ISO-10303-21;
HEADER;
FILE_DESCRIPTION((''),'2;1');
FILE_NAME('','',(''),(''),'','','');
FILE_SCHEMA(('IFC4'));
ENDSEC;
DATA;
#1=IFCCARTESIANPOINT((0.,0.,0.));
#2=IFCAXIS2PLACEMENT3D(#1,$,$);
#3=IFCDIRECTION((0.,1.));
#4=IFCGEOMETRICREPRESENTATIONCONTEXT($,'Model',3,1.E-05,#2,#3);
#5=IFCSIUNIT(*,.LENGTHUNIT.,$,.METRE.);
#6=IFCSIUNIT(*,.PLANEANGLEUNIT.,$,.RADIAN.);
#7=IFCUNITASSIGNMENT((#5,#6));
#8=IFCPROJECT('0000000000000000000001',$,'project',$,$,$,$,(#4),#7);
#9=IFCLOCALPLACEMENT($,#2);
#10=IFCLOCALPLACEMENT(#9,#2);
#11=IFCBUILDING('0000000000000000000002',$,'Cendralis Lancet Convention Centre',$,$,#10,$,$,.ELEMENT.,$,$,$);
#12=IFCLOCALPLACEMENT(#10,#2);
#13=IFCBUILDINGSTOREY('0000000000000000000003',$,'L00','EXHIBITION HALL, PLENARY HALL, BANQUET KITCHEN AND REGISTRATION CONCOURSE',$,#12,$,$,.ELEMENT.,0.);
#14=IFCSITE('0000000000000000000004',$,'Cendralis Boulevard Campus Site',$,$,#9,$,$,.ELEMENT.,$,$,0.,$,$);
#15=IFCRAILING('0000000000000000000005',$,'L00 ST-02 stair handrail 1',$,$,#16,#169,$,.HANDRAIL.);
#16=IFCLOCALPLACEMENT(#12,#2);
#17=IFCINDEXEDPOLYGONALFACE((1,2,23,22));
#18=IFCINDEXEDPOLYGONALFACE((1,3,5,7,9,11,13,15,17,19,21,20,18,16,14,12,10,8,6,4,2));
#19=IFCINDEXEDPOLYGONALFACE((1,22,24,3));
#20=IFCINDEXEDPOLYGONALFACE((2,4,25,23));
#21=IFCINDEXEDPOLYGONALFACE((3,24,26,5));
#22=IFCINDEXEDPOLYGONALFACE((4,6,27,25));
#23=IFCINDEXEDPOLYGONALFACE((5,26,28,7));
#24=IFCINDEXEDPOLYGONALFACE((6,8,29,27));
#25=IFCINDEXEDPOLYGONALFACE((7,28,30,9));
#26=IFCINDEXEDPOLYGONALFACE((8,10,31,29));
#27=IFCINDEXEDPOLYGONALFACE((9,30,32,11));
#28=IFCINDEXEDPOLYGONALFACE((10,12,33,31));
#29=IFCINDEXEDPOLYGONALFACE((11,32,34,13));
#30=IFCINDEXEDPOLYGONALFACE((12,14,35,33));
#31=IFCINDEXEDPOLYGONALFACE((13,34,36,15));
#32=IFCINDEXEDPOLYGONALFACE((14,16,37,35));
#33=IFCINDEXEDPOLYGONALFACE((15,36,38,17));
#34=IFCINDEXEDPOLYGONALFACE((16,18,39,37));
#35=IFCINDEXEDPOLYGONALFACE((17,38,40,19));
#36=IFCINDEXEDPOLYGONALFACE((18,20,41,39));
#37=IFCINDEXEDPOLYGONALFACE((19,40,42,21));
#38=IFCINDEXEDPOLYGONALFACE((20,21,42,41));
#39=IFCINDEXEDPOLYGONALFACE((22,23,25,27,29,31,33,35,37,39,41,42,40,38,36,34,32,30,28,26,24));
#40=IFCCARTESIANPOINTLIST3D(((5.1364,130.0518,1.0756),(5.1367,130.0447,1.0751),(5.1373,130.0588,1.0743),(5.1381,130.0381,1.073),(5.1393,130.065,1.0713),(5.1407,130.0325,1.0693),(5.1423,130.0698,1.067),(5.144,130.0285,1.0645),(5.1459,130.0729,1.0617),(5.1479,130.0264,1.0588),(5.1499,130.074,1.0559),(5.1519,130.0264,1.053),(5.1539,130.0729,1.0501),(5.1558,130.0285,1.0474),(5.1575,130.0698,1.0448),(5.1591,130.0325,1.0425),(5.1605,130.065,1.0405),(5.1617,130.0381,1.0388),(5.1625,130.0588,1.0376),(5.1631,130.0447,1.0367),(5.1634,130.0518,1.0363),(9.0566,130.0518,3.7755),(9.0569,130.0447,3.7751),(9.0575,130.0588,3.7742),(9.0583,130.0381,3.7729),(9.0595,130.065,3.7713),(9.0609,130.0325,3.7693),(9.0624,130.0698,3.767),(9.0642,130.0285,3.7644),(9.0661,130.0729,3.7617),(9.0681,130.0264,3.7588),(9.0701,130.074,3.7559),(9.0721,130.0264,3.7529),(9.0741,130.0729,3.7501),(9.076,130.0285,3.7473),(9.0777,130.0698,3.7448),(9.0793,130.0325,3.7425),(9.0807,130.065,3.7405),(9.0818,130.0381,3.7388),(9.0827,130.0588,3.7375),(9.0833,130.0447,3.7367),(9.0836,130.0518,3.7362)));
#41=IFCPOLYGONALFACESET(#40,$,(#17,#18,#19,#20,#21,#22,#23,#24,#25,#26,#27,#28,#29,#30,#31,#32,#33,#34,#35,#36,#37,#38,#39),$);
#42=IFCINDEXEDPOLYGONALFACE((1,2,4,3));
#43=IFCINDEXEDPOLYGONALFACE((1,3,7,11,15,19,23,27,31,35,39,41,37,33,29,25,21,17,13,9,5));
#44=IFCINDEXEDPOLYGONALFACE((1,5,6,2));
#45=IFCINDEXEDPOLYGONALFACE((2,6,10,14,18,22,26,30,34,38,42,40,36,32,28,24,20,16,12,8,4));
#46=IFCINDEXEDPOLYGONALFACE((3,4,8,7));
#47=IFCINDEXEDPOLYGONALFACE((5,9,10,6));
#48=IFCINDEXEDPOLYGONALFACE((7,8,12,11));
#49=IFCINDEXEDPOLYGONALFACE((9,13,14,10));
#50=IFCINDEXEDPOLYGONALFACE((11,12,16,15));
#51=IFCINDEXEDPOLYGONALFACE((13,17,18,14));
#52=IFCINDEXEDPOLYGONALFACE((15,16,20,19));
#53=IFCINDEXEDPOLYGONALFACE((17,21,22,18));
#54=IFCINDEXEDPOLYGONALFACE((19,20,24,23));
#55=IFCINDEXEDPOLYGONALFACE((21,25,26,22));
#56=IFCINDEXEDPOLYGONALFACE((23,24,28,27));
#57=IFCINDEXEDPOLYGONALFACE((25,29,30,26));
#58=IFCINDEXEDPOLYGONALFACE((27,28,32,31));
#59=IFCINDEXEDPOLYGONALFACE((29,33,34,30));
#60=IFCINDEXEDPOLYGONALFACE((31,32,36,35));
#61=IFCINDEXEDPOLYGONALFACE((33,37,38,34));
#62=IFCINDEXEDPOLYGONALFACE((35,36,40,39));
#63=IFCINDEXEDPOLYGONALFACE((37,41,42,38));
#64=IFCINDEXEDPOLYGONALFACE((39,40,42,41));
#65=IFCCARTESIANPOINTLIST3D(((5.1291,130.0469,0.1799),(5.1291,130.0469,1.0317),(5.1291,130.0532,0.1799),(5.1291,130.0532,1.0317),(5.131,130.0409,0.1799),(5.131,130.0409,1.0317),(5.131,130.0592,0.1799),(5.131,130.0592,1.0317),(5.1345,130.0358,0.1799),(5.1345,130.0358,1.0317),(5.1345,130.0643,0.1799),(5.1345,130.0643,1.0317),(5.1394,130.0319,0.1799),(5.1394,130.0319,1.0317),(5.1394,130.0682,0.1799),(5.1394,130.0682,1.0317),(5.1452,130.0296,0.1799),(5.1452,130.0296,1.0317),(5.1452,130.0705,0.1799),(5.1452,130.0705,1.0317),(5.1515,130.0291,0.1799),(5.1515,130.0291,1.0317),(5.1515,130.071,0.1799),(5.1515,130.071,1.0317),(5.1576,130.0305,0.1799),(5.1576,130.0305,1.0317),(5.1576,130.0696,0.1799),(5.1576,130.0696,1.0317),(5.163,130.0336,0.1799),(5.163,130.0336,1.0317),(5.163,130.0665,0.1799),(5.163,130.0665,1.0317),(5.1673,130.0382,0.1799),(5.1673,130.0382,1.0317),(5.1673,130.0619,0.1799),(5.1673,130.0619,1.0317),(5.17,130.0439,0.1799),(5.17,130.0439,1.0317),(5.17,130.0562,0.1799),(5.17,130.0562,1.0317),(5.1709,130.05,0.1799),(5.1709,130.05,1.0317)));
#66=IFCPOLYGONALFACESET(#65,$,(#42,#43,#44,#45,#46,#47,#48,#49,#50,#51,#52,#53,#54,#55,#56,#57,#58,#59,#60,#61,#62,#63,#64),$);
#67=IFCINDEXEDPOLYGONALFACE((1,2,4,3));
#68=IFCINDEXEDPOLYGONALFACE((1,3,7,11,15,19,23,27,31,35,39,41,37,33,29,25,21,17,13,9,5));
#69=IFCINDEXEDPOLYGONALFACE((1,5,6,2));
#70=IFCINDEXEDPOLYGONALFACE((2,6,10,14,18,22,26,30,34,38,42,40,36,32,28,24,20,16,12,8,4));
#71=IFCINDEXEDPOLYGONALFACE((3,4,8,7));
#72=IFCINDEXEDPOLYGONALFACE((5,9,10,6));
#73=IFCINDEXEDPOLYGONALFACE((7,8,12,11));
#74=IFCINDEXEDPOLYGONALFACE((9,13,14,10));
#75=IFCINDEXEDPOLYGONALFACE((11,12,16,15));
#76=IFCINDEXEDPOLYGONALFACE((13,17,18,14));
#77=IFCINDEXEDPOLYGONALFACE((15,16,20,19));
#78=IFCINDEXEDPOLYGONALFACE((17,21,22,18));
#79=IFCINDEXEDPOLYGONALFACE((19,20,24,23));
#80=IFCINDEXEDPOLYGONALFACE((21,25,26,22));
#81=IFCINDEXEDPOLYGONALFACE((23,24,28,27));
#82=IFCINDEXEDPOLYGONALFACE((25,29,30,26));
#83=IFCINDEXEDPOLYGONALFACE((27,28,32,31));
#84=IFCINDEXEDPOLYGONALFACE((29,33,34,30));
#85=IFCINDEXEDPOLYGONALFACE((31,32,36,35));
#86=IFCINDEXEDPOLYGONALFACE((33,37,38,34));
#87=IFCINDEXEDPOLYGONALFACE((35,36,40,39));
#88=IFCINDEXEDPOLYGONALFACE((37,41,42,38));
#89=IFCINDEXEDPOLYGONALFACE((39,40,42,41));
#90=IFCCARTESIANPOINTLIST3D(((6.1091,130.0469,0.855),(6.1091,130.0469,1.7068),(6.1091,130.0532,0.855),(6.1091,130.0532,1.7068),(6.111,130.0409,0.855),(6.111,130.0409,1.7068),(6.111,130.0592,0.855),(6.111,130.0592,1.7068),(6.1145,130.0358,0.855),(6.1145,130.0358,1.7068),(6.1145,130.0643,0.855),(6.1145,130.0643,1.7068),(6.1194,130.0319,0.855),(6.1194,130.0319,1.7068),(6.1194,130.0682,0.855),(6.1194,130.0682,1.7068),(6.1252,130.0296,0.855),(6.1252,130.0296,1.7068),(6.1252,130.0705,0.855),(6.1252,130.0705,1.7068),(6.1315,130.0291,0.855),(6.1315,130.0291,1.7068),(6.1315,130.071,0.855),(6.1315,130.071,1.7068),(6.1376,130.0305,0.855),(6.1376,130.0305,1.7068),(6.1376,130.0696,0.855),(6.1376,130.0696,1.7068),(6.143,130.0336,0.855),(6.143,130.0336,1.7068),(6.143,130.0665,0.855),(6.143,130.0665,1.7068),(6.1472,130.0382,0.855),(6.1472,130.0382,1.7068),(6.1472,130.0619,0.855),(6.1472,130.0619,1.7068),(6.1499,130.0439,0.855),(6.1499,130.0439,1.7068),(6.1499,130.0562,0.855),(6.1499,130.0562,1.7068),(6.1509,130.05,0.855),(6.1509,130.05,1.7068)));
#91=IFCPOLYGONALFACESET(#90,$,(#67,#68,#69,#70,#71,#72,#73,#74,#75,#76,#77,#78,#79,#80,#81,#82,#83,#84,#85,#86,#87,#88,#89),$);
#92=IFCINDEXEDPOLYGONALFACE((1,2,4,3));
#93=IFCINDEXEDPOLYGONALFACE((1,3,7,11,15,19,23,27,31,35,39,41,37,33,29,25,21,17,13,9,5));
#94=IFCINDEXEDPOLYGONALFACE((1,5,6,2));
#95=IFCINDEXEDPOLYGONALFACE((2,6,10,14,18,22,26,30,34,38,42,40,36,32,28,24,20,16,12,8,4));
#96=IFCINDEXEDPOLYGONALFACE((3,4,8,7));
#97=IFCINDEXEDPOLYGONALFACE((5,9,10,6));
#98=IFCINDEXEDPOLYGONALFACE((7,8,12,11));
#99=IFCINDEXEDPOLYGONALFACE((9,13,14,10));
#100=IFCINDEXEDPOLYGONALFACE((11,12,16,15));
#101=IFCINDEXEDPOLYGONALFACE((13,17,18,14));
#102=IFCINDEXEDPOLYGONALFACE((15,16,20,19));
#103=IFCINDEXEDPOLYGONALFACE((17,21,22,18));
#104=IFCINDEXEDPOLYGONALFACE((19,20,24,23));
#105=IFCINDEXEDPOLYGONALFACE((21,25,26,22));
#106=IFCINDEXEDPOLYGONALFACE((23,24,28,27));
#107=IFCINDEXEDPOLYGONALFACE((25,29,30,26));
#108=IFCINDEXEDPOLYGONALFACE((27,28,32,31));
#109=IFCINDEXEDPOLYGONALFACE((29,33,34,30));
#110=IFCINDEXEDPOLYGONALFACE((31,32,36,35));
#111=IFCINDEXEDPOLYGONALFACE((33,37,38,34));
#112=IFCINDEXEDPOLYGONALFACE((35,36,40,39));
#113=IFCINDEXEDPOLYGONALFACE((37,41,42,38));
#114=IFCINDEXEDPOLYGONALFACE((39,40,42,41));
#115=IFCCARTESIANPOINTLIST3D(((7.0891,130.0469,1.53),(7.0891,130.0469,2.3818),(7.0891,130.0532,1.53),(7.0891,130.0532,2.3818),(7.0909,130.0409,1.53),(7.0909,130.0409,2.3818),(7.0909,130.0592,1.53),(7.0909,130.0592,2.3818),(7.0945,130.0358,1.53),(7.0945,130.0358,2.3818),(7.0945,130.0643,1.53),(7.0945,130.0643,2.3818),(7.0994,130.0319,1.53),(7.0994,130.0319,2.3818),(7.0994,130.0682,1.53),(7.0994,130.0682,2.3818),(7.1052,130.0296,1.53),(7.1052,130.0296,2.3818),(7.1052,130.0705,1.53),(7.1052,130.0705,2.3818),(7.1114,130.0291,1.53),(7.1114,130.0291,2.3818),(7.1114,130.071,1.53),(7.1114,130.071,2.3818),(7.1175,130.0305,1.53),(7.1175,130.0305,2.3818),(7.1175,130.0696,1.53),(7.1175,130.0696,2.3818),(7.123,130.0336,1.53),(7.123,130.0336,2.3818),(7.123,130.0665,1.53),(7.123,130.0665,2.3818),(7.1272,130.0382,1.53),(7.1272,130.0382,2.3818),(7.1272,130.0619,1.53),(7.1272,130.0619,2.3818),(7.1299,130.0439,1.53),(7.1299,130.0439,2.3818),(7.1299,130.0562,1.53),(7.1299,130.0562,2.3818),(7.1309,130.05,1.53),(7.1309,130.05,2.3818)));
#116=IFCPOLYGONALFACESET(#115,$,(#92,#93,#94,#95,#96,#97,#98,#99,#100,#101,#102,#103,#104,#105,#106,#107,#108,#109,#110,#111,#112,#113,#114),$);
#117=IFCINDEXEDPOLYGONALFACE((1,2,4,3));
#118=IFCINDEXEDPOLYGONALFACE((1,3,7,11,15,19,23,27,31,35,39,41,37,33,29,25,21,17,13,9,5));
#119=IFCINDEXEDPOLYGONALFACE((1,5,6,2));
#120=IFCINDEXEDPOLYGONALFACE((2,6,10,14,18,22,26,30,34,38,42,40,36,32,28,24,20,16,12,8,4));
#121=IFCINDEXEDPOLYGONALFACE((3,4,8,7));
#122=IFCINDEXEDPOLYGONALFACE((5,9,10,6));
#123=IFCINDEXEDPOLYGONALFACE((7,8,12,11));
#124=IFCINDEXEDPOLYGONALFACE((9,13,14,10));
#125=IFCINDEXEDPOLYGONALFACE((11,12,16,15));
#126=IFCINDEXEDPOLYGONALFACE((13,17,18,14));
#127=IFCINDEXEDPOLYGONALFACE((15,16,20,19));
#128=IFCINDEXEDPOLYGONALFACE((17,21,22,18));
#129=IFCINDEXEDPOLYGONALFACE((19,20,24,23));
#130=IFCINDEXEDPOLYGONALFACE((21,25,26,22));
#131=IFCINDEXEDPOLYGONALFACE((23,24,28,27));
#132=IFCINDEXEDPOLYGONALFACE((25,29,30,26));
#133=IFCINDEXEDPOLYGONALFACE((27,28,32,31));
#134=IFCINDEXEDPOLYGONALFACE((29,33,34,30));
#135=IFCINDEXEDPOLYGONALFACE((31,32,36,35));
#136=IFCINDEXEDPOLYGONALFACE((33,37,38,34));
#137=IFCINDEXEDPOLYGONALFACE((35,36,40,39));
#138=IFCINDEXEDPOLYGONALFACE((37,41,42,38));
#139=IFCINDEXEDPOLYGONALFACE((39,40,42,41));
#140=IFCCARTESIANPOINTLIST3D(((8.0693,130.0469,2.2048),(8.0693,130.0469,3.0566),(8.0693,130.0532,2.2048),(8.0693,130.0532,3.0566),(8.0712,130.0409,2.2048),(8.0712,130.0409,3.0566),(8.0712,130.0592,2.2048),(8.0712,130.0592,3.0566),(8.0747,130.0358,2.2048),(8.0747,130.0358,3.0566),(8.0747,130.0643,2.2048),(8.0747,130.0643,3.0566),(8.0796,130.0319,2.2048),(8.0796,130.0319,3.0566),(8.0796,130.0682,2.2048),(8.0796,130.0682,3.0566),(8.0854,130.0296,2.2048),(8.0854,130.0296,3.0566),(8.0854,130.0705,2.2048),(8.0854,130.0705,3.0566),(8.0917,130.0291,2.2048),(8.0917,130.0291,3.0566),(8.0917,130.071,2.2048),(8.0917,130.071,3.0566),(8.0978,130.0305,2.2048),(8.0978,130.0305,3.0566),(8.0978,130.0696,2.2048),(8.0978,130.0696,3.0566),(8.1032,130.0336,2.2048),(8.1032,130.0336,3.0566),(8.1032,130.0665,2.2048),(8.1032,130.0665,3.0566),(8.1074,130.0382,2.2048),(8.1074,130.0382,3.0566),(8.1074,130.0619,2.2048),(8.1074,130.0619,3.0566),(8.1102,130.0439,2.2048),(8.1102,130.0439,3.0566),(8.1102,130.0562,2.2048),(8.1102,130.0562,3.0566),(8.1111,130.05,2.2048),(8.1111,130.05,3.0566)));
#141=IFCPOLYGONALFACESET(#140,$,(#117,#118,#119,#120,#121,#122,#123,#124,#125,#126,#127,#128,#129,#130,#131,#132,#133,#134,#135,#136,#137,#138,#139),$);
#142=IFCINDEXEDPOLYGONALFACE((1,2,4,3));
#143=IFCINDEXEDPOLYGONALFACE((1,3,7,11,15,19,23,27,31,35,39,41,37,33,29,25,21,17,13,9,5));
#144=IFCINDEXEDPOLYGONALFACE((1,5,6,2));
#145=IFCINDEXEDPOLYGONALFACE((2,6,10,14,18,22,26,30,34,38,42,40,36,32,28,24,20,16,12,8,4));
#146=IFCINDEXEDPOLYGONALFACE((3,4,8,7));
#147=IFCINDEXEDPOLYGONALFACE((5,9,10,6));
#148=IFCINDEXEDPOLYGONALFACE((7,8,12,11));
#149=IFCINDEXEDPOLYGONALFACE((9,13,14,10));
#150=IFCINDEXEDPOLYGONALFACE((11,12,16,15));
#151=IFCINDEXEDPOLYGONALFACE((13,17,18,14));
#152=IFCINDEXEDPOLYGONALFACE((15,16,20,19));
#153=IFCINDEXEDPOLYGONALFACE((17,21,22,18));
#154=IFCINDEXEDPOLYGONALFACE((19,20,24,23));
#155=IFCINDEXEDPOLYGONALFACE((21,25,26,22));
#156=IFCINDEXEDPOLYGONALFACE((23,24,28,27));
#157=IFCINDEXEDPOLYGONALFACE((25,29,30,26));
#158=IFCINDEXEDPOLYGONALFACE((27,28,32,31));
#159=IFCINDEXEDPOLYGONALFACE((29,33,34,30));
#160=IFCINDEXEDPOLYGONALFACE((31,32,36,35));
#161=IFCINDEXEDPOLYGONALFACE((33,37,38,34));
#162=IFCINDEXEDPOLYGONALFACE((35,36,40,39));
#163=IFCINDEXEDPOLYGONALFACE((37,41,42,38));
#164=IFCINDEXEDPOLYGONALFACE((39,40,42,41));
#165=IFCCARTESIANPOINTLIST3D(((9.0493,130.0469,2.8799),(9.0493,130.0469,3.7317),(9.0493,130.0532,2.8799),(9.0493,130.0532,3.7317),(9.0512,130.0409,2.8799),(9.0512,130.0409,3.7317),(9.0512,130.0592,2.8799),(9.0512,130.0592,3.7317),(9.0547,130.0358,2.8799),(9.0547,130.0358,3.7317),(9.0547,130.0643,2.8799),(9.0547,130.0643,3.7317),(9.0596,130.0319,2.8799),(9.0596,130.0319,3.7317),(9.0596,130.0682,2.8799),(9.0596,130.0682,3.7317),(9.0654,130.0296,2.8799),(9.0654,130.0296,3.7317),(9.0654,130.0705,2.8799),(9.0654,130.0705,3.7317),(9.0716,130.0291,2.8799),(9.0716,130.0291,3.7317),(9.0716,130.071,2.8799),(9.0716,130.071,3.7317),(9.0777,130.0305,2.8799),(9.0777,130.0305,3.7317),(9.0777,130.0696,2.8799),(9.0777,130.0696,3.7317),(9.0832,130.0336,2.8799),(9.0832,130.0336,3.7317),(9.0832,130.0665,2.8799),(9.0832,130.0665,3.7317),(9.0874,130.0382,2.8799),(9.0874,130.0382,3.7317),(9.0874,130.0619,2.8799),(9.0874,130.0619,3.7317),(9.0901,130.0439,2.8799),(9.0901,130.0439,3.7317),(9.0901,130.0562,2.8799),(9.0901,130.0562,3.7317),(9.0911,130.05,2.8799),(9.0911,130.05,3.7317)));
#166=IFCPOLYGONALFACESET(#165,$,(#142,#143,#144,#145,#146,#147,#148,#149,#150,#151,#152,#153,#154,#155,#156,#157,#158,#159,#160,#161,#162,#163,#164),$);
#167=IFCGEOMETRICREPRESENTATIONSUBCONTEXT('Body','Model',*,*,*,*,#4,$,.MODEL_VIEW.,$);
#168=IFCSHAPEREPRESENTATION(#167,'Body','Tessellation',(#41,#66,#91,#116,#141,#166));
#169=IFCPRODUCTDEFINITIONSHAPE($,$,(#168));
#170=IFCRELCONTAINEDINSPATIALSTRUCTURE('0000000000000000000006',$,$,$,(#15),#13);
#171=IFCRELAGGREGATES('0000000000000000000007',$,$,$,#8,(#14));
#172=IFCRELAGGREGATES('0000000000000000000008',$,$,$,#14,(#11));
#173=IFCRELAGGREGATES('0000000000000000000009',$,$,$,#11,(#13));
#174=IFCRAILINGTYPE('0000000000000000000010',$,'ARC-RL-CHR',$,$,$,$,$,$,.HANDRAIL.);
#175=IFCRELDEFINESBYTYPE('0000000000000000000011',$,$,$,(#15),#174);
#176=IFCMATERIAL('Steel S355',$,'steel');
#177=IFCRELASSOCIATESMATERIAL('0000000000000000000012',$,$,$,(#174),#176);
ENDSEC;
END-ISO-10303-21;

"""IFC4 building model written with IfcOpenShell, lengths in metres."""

from ifc_helpers import new_model, si_unit, direction, frame, origin, origin_2d, place, context, subcontext, project, spatial, circle, extrude, material, type_object, element, save


model = new_model("IFC4")

# Units and contexts
model_context = context("Model", 3, precision=1e-05, world=origin(), true_north=direction((0.0, 1.0)))
body_context = subcontext(model_context, "Body", "Model", "MODEL_VIEW")
ifc_project = project(units=[si_unit("LENGTHUNIT", "METRE"), si_unit("PLANEANGLEUNIT", "RADIAN")], contexts=[model_context])

# Site, building, storey
site_placement = place(None, origin())
site = spatial("IfcSite", under=ifc_project, at=site_placement, Name="Cendralis Boulevard Campus Site", CompositionType="ELEMENT", RefElevation=0.0)
building_placement = place(site_placement, origin())
building = spatial("IfcBuilding", under=site, at=building_placement, Name="Cendralis Lancet Convention Centre", CompositionType="ELEMENT")
storey_placement = place(building_placement, origin())
storey = spatial("IfcBuildingStorey", under=building, at=storey_placement, Name="L00", Description="EXHIBITION HALL, PLENARY HALL, BANQUET KITCHEN AND REGISTRATION CONCOURSE", CompositionType="ELEMENT", Elevation=0.0)

# Shared definitions
ifc_material_1 = material(Name="Steel S355", Category="steel")

# Railing
railing_type = type_object("IfcRailingType", Name="ARC-RL-CHR", PredefinedType="HANDRAIL", material=ifc_material_1)
railing_placement = place(storey_placement, frame((5.1499, 130.05, 0.1799)))
element("IfcRailing", 1, at=railing_placement, inside=storey, type_object=railing_type, Name="L00 ST-02 stair handrail 1", PredefinedType="HANDRAIL", context=body_context, shape_type="SweptSolid", body=[
    extrude(circle(Radius=0.0239, at=origin_2d()), frame((0.0, 0.0, 0.876), z_axis=(0.823567, 0.0, 0.567219), x_axis=(0.0, 1.0, 0.0)), (0.0, 0.0, 1.0), 4.76),
    extrude(circle(Radius=0.021, at=origin_2d()), origin(), (0.0, 0.0, 1.0), 0.8518),
    extrude(circle(Radius=0.021, at=origin_2d()), frame((0.98, 0.0, 0.675)), (0.0, 0.0, 1.0), 0.8518),
    extrude(circle(Radius=0.021, at=origin_2d()), frame((1.96, 0.0, 1.3501)), (0.0, 0.0, 1.0), 0.8518),
    extrude(circle(Radius=0.021, at=origin_2d()), frame((2.9402, 0.0, 2.0249)), (0.0, 0.0, 1.0), 0.8518),
    extrude(circle(Radius=0.021, at=origin_2d()), frame((3.9202, 0.0, 2.7)), (0.0, 0.0, 1.0), 0.8518),
])

save(model, "model.ifc")
